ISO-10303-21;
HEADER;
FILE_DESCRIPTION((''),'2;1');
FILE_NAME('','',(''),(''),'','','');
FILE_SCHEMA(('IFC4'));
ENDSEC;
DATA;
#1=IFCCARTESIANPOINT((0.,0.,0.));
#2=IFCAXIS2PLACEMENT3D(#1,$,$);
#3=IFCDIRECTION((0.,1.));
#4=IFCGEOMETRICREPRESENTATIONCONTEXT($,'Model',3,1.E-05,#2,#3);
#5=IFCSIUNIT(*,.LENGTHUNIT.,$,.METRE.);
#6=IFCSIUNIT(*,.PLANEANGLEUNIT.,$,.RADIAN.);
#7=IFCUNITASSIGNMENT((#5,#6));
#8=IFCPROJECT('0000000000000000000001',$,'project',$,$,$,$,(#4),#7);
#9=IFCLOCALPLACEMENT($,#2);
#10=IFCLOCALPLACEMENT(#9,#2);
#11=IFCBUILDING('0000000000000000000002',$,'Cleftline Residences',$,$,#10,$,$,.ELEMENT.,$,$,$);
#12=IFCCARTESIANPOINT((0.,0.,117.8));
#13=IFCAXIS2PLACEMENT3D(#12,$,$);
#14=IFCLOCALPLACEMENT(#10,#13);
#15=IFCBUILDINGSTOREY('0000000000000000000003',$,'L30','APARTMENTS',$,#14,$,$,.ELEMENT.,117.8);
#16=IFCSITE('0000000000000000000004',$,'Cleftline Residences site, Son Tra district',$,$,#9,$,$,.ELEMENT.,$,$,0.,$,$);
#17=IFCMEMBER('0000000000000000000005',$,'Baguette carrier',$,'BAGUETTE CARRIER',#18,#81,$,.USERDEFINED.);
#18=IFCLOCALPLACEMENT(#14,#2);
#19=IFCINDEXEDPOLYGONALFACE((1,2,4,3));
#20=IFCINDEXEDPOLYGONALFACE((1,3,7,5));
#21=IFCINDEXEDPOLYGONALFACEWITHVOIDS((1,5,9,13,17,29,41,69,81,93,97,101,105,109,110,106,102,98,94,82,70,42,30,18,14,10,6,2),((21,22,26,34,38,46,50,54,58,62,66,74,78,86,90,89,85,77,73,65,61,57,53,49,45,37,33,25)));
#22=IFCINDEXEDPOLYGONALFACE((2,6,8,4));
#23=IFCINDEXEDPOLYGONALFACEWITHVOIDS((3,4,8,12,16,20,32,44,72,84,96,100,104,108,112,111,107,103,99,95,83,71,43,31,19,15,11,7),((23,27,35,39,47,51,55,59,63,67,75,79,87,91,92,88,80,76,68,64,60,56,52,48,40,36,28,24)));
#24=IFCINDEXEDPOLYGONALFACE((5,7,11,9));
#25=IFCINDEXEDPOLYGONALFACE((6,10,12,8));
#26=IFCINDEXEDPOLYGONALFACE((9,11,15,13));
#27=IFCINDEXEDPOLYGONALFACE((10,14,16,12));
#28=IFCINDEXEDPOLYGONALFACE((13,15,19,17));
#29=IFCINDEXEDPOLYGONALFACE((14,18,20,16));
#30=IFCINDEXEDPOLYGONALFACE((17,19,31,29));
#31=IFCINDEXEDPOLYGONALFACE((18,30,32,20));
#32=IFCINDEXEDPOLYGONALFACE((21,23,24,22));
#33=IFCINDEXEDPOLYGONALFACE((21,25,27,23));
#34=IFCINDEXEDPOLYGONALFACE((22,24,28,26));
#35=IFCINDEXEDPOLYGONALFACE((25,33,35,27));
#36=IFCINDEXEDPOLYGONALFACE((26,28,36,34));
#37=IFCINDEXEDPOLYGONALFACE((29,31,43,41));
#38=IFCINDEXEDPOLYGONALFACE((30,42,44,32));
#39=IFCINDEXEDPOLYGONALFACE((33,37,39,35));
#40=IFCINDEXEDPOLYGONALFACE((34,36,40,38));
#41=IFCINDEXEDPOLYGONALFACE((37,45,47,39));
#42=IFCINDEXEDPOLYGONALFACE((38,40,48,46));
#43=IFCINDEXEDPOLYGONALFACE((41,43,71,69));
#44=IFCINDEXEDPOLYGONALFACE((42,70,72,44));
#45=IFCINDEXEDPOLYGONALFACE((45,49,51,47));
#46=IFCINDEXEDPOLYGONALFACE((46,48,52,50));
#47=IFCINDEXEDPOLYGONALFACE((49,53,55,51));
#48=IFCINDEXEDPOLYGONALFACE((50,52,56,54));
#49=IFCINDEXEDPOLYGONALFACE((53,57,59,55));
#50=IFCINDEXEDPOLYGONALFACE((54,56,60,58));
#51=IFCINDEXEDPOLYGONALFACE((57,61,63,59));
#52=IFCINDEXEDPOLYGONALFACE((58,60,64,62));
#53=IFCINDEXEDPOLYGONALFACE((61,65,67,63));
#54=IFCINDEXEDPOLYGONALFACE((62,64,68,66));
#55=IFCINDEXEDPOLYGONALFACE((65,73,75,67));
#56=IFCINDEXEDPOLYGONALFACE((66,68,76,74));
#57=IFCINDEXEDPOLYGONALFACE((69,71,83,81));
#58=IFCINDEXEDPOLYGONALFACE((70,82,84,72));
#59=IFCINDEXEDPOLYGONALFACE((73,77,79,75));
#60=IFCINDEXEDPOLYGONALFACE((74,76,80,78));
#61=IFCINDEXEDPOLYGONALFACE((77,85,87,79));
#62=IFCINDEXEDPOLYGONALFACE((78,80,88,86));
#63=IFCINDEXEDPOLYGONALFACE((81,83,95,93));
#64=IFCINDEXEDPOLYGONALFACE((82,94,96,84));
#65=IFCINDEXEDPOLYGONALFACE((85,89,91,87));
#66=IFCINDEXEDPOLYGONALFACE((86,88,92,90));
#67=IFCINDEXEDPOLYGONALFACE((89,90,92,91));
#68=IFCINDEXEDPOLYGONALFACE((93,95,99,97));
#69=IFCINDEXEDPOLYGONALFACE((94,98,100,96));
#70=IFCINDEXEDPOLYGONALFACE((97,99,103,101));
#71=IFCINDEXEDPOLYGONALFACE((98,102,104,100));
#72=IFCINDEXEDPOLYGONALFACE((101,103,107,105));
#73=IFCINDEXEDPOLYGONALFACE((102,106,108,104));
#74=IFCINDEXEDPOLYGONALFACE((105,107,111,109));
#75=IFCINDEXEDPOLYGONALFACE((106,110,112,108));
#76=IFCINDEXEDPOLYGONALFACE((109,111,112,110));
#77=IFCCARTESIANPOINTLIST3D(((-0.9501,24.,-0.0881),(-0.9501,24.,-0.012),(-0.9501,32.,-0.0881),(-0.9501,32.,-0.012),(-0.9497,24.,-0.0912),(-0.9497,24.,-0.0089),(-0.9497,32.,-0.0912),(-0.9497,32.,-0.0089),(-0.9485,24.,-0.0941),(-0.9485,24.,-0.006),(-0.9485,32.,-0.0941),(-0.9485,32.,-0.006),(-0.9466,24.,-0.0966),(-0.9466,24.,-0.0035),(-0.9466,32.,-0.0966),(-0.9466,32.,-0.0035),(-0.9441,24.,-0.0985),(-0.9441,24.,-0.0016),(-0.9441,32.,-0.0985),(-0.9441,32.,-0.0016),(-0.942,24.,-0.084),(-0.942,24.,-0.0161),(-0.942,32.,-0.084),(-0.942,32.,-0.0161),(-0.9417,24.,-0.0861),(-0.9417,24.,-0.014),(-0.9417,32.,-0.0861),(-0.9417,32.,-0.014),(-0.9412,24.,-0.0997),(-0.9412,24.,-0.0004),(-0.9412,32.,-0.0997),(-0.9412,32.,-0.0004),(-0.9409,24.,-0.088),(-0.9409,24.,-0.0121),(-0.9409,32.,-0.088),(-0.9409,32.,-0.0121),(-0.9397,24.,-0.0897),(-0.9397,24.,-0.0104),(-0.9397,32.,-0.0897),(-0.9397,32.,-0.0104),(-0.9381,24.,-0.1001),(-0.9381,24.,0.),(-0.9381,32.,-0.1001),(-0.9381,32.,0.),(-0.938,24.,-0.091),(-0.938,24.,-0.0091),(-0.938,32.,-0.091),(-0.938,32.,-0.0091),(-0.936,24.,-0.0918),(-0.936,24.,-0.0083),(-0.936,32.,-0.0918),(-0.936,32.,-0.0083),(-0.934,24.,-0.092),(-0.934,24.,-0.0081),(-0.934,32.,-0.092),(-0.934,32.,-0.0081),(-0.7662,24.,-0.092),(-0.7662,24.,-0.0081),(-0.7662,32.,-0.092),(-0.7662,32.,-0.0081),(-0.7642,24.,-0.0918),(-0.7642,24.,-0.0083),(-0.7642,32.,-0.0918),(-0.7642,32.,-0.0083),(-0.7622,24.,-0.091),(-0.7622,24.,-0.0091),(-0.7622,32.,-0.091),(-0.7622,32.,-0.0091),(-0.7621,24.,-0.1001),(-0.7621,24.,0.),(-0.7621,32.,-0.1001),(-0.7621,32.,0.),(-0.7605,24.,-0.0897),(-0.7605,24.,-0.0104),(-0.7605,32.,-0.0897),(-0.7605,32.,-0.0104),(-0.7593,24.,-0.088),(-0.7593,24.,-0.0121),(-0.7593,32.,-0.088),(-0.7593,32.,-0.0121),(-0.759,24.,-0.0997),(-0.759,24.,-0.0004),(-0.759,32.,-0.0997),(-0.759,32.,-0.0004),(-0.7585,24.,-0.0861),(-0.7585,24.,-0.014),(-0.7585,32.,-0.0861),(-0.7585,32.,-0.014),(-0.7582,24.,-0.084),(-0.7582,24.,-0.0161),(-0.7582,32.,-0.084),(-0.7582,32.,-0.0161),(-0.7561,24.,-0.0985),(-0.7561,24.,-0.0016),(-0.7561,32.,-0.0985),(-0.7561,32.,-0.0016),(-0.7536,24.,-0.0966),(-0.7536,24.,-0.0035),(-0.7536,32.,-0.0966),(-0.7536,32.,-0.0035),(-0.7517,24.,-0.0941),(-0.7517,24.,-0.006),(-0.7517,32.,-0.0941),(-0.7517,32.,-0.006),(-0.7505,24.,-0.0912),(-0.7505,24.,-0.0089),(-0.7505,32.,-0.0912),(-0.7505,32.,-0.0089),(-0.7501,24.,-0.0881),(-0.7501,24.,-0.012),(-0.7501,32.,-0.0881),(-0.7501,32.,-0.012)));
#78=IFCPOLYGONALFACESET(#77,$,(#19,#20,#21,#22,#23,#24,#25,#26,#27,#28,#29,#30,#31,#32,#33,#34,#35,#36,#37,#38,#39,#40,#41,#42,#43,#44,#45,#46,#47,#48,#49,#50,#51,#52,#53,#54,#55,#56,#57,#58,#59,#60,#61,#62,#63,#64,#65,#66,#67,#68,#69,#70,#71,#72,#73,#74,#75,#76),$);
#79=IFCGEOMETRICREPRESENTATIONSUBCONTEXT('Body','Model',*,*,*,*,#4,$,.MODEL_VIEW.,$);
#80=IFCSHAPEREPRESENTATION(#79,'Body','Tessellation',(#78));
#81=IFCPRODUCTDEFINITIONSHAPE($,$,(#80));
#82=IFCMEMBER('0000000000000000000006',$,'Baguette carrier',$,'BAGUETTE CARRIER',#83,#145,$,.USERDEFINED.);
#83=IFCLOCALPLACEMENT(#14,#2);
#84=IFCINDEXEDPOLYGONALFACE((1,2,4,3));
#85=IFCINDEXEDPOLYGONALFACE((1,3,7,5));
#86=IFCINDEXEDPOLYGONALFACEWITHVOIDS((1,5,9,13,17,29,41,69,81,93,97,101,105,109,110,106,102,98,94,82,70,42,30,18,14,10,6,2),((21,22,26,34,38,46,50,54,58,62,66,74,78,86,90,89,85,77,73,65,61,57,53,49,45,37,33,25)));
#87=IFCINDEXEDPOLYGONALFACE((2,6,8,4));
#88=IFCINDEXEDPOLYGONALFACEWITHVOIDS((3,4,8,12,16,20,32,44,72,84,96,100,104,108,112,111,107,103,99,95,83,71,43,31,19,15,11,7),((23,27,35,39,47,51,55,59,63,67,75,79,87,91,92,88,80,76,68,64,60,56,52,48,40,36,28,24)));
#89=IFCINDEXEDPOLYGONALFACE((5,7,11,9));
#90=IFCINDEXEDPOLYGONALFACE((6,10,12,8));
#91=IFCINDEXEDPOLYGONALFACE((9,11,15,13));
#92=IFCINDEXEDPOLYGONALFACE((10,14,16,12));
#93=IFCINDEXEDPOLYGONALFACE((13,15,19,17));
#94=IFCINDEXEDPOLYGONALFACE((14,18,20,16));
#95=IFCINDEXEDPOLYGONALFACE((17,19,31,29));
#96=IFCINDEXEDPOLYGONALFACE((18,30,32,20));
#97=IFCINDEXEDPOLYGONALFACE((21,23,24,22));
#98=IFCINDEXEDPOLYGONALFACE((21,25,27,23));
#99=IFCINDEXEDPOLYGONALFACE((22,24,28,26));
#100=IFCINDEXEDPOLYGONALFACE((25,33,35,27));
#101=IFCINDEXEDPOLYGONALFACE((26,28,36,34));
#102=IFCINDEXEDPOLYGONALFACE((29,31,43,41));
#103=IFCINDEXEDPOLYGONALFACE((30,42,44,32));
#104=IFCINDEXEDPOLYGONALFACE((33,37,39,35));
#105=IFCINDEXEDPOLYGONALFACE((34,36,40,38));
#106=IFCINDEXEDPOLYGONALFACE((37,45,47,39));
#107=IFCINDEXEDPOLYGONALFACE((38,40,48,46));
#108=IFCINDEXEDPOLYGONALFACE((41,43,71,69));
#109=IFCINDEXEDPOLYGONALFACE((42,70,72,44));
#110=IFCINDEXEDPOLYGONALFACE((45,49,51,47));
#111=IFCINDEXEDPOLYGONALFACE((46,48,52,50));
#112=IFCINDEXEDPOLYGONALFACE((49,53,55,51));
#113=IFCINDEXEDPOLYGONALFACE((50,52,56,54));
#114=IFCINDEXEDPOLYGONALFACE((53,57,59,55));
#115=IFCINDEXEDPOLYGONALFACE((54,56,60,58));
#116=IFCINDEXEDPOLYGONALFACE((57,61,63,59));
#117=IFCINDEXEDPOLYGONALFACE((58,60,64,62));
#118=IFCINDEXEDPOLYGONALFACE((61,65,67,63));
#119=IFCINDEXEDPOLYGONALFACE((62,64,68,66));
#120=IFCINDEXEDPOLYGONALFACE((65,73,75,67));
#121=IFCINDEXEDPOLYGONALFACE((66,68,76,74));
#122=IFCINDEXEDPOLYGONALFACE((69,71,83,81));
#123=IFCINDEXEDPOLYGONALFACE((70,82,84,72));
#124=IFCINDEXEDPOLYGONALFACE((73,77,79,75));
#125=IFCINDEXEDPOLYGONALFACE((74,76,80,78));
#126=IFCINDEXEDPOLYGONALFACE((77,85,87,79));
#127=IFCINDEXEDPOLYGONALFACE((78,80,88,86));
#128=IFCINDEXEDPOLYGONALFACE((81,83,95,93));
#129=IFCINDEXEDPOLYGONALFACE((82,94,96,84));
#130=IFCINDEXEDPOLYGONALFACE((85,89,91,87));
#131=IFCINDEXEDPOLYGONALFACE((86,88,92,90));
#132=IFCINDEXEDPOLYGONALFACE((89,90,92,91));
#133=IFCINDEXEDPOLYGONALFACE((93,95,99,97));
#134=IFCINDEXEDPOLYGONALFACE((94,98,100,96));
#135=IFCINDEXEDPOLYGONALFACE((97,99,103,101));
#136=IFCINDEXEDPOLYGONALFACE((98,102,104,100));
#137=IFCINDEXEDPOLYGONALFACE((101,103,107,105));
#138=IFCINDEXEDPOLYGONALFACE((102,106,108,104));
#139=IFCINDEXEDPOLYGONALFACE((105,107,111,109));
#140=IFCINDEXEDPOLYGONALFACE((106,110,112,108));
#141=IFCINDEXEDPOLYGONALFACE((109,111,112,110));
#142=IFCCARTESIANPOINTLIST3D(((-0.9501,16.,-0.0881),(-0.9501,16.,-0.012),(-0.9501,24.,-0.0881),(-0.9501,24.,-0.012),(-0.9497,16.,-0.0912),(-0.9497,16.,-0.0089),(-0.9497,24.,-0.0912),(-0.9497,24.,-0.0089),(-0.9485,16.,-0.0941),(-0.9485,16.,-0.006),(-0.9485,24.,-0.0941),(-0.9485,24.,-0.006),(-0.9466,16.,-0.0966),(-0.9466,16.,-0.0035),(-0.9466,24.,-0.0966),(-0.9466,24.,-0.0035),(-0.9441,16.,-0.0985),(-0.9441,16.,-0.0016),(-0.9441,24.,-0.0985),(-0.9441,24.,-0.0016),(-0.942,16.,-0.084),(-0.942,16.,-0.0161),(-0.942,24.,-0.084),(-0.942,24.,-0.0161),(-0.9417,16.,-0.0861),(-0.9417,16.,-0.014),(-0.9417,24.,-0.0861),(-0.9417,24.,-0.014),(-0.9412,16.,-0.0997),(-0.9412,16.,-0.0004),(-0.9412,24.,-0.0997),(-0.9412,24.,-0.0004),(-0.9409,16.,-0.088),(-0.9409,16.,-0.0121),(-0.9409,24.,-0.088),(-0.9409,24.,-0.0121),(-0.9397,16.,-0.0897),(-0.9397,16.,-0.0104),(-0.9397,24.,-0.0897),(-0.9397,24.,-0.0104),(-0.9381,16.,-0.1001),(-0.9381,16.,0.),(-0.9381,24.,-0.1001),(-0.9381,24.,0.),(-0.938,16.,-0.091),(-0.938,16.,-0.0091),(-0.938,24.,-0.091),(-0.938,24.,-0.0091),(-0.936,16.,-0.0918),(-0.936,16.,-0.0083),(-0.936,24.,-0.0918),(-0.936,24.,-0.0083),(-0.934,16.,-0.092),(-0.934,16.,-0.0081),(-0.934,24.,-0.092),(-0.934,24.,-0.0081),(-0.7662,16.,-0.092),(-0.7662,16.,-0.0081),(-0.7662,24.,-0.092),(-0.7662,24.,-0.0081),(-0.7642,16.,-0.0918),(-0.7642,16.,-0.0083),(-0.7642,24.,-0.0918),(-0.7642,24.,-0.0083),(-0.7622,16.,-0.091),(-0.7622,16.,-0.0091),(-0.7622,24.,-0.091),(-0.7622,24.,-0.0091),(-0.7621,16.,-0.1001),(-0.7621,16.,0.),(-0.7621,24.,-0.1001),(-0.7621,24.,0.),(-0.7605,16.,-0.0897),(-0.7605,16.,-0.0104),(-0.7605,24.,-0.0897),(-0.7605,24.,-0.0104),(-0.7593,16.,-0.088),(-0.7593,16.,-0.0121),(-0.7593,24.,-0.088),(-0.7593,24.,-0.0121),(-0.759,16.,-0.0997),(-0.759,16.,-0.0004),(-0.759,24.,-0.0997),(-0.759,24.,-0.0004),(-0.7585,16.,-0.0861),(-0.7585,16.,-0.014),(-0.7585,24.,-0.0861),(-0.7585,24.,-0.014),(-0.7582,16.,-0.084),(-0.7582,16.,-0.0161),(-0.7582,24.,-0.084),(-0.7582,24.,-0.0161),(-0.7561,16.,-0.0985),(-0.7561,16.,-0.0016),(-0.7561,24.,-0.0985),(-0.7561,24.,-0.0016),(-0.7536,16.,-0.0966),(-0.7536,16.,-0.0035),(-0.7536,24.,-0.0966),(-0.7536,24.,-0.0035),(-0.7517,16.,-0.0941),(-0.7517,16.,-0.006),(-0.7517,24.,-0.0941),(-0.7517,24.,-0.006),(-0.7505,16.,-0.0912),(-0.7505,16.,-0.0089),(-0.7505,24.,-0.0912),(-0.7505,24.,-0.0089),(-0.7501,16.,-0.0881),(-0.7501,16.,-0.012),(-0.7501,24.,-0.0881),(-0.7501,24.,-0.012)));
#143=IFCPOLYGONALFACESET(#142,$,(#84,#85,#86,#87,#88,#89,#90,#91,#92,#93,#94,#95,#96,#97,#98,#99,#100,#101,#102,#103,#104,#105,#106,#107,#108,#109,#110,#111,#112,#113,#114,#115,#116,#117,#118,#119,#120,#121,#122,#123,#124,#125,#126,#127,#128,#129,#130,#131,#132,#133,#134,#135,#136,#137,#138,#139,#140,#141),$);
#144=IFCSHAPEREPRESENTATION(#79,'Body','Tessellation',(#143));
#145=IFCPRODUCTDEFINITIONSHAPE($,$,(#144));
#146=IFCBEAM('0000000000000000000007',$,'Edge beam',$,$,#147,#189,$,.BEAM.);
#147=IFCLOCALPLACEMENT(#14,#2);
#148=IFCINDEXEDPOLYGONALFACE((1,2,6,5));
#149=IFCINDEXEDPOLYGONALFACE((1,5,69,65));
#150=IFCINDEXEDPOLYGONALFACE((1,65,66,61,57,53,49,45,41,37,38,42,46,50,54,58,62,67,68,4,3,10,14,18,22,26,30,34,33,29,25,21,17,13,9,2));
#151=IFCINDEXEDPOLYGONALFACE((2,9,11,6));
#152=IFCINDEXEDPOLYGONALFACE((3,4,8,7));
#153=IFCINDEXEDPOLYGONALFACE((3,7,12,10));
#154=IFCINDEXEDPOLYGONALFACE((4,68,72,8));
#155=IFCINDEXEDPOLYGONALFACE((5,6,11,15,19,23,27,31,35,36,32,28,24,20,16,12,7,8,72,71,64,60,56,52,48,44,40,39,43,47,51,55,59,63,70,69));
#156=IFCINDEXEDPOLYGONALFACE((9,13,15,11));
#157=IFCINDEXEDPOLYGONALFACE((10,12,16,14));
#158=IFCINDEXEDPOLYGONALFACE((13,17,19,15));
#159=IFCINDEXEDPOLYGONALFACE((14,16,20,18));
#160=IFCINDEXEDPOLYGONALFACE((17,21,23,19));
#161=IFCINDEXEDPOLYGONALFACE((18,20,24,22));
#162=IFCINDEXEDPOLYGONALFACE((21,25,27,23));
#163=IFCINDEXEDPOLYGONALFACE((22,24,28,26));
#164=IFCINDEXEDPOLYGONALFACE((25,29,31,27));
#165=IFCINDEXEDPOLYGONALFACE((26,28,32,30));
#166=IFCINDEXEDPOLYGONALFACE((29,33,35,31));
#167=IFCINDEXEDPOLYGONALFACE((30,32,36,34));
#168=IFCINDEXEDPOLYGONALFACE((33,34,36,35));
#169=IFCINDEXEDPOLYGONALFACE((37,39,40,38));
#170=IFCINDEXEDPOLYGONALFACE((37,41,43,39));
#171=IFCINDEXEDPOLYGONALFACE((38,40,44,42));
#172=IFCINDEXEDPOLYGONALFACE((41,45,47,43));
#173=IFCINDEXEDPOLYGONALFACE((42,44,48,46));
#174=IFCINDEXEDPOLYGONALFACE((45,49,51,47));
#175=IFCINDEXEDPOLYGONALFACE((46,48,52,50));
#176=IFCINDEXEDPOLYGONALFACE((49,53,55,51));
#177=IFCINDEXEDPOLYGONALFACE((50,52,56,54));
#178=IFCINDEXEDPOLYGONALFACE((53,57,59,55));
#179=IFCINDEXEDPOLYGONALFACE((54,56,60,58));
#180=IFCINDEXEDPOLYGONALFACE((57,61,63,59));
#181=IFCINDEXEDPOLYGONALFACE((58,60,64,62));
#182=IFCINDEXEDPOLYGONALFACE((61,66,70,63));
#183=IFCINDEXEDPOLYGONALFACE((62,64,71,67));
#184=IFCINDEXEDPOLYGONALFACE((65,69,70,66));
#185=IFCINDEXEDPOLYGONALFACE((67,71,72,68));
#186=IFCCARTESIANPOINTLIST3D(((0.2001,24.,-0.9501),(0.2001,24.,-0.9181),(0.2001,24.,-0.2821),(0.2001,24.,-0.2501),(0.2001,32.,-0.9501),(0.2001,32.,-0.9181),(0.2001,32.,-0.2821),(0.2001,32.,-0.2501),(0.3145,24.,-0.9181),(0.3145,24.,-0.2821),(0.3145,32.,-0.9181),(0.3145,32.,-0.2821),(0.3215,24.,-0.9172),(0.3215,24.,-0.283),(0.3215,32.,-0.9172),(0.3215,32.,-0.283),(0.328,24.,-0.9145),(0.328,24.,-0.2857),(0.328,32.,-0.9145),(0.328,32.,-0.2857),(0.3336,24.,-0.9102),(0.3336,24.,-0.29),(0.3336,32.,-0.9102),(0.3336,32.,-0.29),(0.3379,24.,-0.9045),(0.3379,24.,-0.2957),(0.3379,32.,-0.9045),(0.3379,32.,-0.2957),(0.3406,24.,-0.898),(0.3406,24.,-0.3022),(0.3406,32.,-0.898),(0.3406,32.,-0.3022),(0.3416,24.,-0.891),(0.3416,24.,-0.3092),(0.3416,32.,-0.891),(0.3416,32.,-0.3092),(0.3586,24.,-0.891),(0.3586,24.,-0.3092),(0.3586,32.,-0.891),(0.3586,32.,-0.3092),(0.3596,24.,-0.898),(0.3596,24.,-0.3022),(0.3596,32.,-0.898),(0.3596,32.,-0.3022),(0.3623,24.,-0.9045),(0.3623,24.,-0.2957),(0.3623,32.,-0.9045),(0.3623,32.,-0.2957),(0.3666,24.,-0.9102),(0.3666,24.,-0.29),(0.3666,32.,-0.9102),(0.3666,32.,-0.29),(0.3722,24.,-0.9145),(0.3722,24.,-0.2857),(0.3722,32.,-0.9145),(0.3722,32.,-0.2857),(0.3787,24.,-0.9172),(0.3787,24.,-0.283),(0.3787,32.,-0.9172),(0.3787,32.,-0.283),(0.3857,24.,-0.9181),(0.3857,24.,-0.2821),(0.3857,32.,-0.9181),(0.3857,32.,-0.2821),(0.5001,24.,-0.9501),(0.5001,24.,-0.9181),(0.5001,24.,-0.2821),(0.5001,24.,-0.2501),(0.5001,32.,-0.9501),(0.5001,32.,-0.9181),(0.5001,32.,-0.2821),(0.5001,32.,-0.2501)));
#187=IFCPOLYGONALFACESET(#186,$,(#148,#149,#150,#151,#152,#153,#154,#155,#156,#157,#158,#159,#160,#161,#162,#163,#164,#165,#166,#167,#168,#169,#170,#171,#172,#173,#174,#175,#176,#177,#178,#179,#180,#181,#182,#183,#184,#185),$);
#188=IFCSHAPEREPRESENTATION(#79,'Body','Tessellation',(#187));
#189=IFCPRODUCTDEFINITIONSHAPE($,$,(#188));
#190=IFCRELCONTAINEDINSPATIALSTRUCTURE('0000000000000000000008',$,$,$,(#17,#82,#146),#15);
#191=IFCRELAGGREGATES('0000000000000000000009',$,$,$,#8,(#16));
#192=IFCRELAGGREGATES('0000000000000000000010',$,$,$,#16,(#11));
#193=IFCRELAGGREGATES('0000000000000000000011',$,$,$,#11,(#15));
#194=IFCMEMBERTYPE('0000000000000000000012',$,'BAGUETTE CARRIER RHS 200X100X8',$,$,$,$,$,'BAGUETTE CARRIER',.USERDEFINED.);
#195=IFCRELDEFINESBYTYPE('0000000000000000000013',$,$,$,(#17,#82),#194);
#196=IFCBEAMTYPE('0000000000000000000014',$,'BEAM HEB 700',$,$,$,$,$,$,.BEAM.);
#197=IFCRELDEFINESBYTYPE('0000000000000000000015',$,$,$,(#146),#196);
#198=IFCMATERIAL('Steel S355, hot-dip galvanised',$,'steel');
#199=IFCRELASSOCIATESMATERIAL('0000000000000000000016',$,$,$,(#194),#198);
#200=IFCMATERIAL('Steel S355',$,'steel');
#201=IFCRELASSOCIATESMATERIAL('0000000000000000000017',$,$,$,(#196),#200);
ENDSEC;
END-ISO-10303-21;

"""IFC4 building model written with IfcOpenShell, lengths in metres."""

from ifc_helpers import new_model, si_unit, direction, frame, origin, origin_2d, place, context, subcontext, project, spatial, hollow_rectangle, i_section, extrude, material, material_profile, profile_set, type_object, element, save


model = new_model("IFC4")

# Units and contexts
model_context = context("Model", 3, precision=1e-05, world=origin(), true_north=direction((0.0, 1.0)))
body_context = subcontext(model_context, "Body", "Model", "MODEL_VIEW")
ifc_project = project(units=[si_unit("LENGTHUNIT", "METRE"), si_unit("PLANEANGLEUNIT", "RADIAN")], contexts=[model_context])

# Site, building, storey
site_placement = place(None, origin())
site = spatial("IfcSite", under=ifc_project, at=site_placement, Name="Cleftline Residences site, Son Tra district", CompositionType="ELEMENT", RefElevation=0.0)
building_placement = place(site_placement, origin())
building = spatial("IfcBuilding", under=site, at=building_placement, Name="Cleftline Residences", CompositionType="ELEMENT")
storey_placement = place(building_placement, frame((0.0, 0.0, 117.8)))
storey = spatial("IfcBuildingStorey", under=building, at=storey_placement, Name="L30", Description="APARTMENTS", CompositionType="ELEMENT", Elevation=117.8)

# Members
ifc_material_1 = material(Name="Steel S355, hot-dip galvanised", Category="steel")
ifc_material_profile_1 = material_profile(ifc_material_1, hollow_rectangle(XDim=0.1001, YDim=0.2, WallThickness=0.0081, InnerFilletRadius=0.0081, OuterFilletRadius=0.012, at=origin_2d()))
ifc_profile_set_1 = profile_set([ifc_material_profile_1], Name="Steel S355, hot-dip galvanised")
member_type_1 = type_object("IfcMemberType", Name="BAGUETTE CARRIER RHS 200X100X8", ElementType="BAGUETTE CARRIER", PredefinedType="USERDEFINED", material=ifc_profile_set_1)
for number, where, z_axis, x_axis, name in (
    (1, (-0.8501, 32.0, -0.05), (0.0, -1.0, 0.0), (0.0, 0.0, 1.0), "Baguette carrier"),
    (2, (-0.8501, 24.0, -0.05), (0.0, -1.0, 0.0), (0.0, 0.0, 1.0), "Baguette carrier"),
):
    element("IfcMember", number, at=place(storey_placement, frame(where, z_axis=z_axis, x_axis=x_axis)), inside=storey, type_object=member_type_1, Name=name, ObjectType="BAGUETTE CARRIER", PredefinedType="USERDEFINED", context=body_context, shape_type="SweptSolid", body=[
        extrude(hollow_rectangle(XDim=0.1001, YDim=0.2, WallThickness=0.0081, InnerFilletRadius=0.0081, OuterFilletRadius=0.012, at=origin_2d()), origin(), (0.0, 0.0, 1.0), 8.0),
    ])

# Beam
ifc_material_2 = material(Name="Steel S355", Category="steel")
ifc_material_profile_2 = material_profile(ifc_material_2, i_section(OverallWidth=0.3, OverallDepth=0.7, WebThickness=0.0171, FlangeThickness=0.032, FilletRadius=0.0271, at=origin_2d()))
ifc_profile_set_2 = profile_set([ifc_material_profile_2], Name="Steel S355")
beam_type_1 = type_object("IfcBeamType", Name="BEAM HEB 700", PredefinedType="BEAM", material=ifc_profile_set_2)
for number, where, z_axis, x_axis, name in (
    (3, (0.3501, 24.0, -0.6001), (0.0, 1.0, 0.0), (-1.0, 0.0, 0.0), "Edge beam"),
):
    element("IfcBeam", number, at=place(storey_placement, frame(where, z_axis=z_axis, x_axis=x_axis)), inside=storey, type_object=beam_type_1, Name=name, PredefinedType="BEAM", context=body_context, shape_type="SweptSolid", body=[
        extrude(i_section(OverallWidth=0.3, OverallDepth=0.7, WebThickness=0.0171, FlangeThickness=0.032, FilletRadius=0.0271, at=origin_2d()), origin(), (0.0, 0.0, 1.0), 8.0),
    ])

save(model, "model.ifc")
